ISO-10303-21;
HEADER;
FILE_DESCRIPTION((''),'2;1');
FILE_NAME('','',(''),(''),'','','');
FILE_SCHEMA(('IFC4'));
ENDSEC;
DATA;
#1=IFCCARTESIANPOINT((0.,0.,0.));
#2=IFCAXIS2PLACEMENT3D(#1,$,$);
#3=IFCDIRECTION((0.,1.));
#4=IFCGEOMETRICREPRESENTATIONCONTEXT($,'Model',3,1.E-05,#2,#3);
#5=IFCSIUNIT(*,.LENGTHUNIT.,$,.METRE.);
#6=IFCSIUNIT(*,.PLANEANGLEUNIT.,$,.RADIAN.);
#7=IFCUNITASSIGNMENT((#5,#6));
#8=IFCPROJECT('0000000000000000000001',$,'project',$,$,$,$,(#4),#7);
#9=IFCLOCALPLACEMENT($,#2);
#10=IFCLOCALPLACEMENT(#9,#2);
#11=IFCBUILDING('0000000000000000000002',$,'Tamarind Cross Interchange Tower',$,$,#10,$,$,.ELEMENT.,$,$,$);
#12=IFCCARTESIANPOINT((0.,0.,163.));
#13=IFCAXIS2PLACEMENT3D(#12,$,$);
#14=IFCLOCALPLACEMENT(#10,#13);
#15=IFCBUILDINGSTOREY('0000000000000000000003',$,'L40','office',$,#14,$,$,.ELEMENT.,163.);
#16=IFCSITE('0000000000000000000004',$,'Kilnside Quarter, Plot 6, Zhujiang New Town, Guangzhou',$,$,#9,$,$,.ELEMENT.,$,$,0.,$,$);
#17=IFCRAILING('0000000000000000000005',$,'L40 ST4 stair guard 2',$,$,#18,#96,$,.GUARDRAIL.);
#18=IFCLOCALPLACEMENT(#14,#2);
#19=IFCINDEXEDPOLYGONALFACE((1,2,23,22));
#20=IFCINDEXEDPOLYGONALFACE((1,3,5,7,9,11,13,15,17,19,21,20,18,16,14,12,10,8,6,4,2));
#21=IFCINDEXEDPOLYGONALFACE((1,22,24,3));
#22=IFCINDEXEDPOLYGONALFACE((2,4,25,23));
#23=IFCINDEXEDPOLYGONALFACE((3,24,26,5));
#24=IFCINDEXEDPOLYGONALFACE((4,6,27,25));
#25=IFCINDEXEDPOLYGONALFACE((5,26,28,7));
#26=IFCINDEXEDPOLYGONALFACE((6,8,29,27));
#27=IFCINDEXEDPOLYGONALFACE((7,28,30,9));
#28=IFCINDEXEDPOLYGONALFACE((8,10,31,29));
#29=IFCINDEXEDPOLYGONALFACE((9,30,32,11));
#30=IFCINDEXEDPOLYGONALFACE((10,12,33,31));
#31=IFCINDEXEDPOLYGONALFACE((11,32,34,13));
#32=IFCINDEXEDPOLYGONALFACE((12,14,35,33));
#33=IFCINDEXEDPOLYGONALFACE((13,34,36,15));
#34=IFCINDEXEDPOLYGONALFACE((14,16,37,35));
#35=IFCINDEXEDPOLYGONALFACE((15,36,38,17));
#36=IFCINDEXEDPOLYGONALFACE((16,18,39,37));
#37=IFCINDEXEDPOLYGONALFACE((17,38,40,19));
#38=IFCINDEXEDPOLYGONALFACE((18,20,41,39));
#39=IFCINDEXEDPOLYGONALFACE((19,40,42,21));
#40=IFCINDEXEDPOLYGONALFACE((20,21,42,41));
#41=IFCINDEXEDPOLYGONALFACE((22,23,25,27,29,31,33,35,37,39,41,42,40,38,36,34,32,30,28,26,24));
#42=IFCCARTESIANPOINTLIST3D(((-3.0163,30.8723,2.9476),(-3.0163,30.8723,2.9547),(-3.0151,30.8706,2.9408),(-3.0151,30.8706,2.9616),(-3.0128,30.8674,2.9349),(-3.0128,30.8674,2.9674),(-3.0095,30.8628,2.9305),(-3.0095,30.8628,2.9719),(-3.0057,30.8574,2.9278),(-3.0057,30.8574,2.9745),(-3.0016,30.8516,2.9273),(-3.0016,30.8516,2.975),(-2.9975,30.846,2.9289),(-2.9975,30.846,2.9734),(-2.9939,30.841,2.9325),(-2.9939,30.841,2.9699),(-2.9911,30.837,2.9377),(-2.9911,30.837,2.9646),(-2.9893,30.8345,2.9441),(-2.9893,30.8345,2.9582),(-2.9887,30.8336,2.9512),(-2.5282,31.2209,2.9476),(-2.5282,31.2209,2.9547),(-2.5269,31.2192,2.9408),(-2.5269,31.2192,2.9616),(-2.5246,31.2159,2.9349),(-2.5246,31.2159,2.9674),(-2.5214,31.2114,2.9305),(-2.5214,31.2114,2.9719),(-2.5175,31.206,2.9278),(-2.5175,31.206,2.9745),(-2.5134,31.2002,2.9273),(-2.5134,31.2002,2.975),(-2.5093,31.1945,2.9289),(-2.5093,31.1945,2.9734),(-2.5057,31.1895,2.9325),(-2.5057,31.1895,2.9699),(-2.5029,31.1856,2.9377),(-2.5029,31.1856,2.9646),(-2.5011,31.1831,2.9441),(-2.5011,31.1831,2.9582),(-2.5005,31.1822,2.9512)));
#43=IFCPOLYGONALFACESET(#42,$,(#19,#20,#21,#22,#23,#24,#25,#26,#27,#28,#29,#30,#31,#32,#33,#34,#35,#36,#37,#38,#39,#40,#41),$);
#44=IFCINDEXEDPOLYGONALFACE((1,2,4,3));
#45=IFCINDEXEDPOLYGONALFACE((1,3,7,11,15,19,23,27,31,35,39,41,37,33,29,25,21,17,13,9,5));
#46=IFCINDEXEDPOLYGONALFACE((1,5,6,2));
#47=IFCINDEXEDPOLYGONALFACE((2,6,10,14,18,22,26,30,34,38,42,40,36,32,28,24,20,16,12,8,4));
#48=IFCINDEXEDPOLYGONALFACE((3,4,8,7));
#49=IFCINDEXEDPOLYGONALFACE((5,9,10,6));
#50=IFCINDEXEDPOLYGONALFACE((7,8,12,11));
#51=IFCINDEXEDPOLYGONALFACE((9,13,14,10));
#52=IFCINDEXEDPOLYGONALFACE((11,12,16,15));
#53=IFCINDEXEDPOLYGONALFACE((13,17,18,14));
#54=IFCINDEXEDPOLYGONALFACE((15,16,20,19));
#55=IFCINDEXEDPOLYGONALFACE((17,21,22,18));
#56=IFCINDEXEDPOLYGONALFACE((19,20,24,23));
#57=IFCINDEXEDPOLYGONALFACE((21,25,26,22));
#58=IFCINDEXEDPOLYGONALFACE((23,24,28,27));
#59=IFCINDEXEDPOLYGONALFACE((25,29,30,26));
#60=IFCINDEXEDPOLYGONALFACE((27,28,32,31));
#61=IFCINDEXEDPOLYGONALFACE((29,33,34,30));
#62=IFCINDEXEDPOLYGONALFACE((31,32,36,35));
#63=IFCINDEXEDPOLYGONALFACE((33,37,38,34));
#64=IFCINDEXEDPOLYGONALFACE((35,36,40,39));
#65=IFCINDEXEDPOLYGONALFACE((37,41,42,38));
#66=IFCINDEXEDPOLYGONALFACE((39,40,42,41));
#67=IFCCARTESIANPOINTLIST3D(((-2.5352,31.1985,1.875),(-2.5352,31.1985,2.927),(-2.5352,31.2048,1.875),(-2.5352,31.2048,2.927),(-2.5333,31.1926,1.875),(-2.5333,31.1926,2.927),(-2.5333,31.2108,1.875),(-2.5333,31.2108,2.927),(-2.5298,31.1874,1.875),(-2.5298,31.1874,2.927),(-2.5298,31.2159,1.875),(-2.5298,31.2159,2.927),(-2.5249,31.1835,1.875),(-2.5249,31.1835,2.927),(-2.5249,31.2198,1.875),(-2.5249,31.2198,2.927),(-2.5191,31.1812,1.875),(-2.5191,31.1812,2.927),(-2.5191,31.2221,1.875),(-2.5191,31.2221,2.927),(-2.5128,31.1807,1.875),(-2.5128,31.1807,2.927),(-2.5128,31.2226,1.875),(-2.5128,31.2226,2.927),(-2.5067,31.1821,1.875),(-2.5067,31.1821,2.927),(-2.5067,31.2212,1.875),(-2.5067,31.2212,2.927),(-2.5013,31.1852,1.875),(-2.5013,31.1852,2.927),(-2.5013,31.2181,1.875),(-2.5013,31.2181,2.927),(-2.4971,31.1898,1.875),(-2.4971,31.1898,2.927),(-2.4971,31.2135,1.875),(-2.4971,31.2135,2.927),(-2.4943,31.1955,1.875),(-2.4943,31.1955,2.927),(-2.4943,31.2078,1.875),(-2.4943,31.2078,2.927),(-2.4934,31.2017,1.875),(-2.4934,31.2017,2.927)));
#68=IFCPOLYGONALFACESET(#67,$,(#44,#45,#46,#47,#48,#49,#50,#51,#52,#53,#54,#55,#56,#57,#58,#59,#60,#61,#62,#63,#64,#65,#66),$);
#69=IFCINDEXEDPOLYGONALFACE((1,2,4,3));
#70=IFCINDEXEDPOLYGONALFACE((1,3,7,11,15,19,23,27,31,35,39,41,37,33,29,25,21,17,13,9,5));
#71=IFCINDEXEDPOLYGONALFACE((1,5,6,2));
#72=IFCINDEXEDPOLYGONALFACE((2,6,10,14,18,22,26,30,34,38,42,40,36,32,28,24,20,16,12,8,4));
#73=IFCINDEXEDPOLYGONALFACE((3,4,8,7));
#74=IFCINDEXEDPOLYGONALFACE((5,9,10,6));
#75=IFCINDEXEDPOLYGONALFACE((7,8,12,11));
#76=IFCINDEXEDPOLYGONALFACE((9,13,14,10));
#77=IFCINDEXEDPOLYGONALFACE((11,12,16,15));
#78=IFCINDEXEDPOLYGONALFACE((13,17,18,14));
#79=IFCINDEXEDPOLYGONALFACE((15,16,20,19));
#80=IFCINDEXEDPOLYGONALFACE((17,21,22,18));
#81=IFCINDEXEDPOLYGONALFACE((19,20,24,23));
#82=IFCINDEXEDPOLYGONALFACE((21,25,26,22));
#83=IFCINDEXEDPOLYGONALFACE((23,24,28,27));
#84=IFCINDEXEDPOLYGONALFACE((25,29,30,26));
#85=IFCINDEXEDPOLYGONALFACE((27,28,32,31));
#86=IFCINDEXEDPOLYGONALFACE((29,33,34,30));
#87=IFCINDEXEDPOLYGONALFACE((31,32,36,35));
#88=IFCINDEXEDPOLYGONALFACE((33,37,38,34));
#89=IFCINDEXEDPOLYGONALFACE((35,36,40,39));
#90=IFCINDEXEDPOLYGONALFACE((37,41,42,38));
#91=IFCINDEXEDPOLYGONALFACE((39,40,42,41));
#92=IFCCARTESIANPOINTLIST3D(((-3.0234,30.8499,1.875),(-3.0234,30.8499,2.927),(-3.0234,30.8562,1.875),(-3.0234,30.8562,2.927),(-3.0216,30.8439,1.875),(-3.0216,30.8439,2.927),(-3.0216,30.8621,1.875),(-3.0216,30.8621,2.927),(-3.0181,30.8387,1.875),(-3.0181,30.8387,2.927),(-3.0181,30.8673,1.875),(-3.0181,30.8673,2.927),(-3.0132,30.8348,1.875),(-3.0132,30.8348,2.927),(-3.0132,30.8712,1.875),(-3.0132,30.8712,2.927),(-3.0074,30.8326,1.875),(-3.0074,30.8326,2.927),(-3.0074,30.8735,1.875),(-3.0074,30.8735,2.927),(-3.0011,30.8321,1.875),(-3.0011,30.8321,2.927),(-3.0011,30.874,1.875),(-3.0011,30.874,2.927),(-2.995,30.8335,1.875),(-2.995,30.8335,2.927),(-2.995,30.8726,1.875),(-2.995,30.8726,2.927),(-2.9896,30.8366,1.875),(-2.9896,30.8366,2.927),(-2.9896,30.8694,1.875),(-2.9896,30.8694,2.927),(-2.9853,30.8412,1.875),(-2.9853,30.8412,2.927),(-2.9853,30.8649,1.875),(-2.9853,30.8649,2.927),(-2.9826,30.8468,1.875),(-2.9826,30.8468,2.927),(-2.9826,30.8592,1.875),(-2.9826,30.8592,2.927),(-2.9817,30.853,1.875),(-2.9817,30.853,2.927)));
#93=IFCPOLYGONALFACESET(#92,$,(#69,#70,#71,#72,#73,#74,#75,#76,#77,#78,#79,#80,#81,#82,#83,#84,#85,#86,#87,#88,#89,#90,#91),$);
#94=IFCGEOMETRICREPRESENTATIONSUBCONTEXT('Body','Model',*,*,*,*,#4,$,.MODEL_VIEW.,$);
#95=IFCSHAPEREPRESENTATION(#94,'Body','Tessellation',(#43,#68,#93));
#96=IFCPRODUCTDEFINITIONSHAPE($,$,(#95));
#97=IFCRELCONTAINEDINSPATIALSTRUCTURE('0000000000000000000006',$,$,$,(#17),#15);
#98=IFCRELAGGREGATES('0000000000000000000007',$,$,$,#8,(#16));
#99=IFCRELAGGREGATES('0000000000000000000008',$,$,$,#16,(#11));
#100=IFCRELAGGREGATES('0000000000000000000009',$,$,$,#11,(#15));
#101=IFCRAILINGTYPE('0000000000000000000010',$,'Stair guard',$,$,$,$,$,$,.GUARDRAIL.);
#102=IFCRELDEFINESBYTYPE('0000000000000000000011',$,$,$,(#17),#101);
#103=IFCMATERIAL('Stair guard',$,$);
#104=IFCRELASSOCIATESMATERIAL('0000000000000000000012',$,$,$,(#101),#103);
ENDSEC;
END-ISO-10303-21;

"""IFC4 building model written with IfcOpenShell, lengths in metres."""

from ifc_helpers import new_model, si_unit, direction, frame, origin, origin_2d, place, context, subcontext, project, spatial, circle, extrude, material, type_object, element, save


model = new_model("IFC4")

# Units and contexts
model_context = context("Model", 3, precision=1e-05, world=origin(), true_north=direction((0.0, 1.0)))
body_context = subcontext(model_context, "Body", "Model", "MODEL_VIEW")
ifc_project = project(units=[si_unit("LENGTHUNIT", "METRE"), si_unit("PLANEANGLEUNIT", "RADIAN")], contexts=[model_context])

# Site, building, storey
site_placement = place(None, origin())
site = spatial("IfcSite", under=ifc_project, at=site_placement, Name="Kilnside Quarter, Plot 6, Zhujiang New Town, Guangzhou", CompositionType="ELEMENT", RefElevation=0.0)
building_placement = place(site_placement, origin())
building = spatial("IfcBuilding", under=site, at=building_placement, Name="Tamarind Cross Interchange Tower", CompositionType="ELEMENT")
storey_placement = place(building_placement, frame((0.0, 0.0, 163.0)))
storey = spatial("IfcBuildingStorey", under=building, at=storey_placement, Name="L40", Description="office", CompositionType="ELEMENT", Elevation=163.0)

# Railing
ifc_material_1 = material(Name="Stair guard")
railing_type_1 = type_object("IfcRailingType", Name="Stair guard", PredefinedType="GUARDRAIL", material=ifc_material_1)
railing_1_placement = place(storey_placement, frame((-2.5144, 31.2017, 1.875)))
element("IfcRailing", 1, at=railing_1_placement, inside=storey, type_object=railing_type_1, Name="L40 ST4 stair guard 2", PredefinedType="GUARDRAIL", context=body_context, shape_type="SweptSolid", body=[
    extrude(circle(Radius=0.0239, at=origin_2d()), frame((0.0, 0.0, 1.0762), z_axis=(-0.813843, -0.581084, 0.0), x_axis=(0.581084, -0.813843, 0.0)), (0.0, 0.0, 1.0), 0.5999),
    extrude(circle(Radius=0.021, at=origin_2d()), origin(), (0.0, 0.0, 1.0), 1.052),
    extrude(circle(Radius=0.021, at=origin_2d()), frame((-0.4883, -0.3486, 0.0)), (0.0, 0.0, 1.0), 1.052),
])

save(model, "model.ifc")
